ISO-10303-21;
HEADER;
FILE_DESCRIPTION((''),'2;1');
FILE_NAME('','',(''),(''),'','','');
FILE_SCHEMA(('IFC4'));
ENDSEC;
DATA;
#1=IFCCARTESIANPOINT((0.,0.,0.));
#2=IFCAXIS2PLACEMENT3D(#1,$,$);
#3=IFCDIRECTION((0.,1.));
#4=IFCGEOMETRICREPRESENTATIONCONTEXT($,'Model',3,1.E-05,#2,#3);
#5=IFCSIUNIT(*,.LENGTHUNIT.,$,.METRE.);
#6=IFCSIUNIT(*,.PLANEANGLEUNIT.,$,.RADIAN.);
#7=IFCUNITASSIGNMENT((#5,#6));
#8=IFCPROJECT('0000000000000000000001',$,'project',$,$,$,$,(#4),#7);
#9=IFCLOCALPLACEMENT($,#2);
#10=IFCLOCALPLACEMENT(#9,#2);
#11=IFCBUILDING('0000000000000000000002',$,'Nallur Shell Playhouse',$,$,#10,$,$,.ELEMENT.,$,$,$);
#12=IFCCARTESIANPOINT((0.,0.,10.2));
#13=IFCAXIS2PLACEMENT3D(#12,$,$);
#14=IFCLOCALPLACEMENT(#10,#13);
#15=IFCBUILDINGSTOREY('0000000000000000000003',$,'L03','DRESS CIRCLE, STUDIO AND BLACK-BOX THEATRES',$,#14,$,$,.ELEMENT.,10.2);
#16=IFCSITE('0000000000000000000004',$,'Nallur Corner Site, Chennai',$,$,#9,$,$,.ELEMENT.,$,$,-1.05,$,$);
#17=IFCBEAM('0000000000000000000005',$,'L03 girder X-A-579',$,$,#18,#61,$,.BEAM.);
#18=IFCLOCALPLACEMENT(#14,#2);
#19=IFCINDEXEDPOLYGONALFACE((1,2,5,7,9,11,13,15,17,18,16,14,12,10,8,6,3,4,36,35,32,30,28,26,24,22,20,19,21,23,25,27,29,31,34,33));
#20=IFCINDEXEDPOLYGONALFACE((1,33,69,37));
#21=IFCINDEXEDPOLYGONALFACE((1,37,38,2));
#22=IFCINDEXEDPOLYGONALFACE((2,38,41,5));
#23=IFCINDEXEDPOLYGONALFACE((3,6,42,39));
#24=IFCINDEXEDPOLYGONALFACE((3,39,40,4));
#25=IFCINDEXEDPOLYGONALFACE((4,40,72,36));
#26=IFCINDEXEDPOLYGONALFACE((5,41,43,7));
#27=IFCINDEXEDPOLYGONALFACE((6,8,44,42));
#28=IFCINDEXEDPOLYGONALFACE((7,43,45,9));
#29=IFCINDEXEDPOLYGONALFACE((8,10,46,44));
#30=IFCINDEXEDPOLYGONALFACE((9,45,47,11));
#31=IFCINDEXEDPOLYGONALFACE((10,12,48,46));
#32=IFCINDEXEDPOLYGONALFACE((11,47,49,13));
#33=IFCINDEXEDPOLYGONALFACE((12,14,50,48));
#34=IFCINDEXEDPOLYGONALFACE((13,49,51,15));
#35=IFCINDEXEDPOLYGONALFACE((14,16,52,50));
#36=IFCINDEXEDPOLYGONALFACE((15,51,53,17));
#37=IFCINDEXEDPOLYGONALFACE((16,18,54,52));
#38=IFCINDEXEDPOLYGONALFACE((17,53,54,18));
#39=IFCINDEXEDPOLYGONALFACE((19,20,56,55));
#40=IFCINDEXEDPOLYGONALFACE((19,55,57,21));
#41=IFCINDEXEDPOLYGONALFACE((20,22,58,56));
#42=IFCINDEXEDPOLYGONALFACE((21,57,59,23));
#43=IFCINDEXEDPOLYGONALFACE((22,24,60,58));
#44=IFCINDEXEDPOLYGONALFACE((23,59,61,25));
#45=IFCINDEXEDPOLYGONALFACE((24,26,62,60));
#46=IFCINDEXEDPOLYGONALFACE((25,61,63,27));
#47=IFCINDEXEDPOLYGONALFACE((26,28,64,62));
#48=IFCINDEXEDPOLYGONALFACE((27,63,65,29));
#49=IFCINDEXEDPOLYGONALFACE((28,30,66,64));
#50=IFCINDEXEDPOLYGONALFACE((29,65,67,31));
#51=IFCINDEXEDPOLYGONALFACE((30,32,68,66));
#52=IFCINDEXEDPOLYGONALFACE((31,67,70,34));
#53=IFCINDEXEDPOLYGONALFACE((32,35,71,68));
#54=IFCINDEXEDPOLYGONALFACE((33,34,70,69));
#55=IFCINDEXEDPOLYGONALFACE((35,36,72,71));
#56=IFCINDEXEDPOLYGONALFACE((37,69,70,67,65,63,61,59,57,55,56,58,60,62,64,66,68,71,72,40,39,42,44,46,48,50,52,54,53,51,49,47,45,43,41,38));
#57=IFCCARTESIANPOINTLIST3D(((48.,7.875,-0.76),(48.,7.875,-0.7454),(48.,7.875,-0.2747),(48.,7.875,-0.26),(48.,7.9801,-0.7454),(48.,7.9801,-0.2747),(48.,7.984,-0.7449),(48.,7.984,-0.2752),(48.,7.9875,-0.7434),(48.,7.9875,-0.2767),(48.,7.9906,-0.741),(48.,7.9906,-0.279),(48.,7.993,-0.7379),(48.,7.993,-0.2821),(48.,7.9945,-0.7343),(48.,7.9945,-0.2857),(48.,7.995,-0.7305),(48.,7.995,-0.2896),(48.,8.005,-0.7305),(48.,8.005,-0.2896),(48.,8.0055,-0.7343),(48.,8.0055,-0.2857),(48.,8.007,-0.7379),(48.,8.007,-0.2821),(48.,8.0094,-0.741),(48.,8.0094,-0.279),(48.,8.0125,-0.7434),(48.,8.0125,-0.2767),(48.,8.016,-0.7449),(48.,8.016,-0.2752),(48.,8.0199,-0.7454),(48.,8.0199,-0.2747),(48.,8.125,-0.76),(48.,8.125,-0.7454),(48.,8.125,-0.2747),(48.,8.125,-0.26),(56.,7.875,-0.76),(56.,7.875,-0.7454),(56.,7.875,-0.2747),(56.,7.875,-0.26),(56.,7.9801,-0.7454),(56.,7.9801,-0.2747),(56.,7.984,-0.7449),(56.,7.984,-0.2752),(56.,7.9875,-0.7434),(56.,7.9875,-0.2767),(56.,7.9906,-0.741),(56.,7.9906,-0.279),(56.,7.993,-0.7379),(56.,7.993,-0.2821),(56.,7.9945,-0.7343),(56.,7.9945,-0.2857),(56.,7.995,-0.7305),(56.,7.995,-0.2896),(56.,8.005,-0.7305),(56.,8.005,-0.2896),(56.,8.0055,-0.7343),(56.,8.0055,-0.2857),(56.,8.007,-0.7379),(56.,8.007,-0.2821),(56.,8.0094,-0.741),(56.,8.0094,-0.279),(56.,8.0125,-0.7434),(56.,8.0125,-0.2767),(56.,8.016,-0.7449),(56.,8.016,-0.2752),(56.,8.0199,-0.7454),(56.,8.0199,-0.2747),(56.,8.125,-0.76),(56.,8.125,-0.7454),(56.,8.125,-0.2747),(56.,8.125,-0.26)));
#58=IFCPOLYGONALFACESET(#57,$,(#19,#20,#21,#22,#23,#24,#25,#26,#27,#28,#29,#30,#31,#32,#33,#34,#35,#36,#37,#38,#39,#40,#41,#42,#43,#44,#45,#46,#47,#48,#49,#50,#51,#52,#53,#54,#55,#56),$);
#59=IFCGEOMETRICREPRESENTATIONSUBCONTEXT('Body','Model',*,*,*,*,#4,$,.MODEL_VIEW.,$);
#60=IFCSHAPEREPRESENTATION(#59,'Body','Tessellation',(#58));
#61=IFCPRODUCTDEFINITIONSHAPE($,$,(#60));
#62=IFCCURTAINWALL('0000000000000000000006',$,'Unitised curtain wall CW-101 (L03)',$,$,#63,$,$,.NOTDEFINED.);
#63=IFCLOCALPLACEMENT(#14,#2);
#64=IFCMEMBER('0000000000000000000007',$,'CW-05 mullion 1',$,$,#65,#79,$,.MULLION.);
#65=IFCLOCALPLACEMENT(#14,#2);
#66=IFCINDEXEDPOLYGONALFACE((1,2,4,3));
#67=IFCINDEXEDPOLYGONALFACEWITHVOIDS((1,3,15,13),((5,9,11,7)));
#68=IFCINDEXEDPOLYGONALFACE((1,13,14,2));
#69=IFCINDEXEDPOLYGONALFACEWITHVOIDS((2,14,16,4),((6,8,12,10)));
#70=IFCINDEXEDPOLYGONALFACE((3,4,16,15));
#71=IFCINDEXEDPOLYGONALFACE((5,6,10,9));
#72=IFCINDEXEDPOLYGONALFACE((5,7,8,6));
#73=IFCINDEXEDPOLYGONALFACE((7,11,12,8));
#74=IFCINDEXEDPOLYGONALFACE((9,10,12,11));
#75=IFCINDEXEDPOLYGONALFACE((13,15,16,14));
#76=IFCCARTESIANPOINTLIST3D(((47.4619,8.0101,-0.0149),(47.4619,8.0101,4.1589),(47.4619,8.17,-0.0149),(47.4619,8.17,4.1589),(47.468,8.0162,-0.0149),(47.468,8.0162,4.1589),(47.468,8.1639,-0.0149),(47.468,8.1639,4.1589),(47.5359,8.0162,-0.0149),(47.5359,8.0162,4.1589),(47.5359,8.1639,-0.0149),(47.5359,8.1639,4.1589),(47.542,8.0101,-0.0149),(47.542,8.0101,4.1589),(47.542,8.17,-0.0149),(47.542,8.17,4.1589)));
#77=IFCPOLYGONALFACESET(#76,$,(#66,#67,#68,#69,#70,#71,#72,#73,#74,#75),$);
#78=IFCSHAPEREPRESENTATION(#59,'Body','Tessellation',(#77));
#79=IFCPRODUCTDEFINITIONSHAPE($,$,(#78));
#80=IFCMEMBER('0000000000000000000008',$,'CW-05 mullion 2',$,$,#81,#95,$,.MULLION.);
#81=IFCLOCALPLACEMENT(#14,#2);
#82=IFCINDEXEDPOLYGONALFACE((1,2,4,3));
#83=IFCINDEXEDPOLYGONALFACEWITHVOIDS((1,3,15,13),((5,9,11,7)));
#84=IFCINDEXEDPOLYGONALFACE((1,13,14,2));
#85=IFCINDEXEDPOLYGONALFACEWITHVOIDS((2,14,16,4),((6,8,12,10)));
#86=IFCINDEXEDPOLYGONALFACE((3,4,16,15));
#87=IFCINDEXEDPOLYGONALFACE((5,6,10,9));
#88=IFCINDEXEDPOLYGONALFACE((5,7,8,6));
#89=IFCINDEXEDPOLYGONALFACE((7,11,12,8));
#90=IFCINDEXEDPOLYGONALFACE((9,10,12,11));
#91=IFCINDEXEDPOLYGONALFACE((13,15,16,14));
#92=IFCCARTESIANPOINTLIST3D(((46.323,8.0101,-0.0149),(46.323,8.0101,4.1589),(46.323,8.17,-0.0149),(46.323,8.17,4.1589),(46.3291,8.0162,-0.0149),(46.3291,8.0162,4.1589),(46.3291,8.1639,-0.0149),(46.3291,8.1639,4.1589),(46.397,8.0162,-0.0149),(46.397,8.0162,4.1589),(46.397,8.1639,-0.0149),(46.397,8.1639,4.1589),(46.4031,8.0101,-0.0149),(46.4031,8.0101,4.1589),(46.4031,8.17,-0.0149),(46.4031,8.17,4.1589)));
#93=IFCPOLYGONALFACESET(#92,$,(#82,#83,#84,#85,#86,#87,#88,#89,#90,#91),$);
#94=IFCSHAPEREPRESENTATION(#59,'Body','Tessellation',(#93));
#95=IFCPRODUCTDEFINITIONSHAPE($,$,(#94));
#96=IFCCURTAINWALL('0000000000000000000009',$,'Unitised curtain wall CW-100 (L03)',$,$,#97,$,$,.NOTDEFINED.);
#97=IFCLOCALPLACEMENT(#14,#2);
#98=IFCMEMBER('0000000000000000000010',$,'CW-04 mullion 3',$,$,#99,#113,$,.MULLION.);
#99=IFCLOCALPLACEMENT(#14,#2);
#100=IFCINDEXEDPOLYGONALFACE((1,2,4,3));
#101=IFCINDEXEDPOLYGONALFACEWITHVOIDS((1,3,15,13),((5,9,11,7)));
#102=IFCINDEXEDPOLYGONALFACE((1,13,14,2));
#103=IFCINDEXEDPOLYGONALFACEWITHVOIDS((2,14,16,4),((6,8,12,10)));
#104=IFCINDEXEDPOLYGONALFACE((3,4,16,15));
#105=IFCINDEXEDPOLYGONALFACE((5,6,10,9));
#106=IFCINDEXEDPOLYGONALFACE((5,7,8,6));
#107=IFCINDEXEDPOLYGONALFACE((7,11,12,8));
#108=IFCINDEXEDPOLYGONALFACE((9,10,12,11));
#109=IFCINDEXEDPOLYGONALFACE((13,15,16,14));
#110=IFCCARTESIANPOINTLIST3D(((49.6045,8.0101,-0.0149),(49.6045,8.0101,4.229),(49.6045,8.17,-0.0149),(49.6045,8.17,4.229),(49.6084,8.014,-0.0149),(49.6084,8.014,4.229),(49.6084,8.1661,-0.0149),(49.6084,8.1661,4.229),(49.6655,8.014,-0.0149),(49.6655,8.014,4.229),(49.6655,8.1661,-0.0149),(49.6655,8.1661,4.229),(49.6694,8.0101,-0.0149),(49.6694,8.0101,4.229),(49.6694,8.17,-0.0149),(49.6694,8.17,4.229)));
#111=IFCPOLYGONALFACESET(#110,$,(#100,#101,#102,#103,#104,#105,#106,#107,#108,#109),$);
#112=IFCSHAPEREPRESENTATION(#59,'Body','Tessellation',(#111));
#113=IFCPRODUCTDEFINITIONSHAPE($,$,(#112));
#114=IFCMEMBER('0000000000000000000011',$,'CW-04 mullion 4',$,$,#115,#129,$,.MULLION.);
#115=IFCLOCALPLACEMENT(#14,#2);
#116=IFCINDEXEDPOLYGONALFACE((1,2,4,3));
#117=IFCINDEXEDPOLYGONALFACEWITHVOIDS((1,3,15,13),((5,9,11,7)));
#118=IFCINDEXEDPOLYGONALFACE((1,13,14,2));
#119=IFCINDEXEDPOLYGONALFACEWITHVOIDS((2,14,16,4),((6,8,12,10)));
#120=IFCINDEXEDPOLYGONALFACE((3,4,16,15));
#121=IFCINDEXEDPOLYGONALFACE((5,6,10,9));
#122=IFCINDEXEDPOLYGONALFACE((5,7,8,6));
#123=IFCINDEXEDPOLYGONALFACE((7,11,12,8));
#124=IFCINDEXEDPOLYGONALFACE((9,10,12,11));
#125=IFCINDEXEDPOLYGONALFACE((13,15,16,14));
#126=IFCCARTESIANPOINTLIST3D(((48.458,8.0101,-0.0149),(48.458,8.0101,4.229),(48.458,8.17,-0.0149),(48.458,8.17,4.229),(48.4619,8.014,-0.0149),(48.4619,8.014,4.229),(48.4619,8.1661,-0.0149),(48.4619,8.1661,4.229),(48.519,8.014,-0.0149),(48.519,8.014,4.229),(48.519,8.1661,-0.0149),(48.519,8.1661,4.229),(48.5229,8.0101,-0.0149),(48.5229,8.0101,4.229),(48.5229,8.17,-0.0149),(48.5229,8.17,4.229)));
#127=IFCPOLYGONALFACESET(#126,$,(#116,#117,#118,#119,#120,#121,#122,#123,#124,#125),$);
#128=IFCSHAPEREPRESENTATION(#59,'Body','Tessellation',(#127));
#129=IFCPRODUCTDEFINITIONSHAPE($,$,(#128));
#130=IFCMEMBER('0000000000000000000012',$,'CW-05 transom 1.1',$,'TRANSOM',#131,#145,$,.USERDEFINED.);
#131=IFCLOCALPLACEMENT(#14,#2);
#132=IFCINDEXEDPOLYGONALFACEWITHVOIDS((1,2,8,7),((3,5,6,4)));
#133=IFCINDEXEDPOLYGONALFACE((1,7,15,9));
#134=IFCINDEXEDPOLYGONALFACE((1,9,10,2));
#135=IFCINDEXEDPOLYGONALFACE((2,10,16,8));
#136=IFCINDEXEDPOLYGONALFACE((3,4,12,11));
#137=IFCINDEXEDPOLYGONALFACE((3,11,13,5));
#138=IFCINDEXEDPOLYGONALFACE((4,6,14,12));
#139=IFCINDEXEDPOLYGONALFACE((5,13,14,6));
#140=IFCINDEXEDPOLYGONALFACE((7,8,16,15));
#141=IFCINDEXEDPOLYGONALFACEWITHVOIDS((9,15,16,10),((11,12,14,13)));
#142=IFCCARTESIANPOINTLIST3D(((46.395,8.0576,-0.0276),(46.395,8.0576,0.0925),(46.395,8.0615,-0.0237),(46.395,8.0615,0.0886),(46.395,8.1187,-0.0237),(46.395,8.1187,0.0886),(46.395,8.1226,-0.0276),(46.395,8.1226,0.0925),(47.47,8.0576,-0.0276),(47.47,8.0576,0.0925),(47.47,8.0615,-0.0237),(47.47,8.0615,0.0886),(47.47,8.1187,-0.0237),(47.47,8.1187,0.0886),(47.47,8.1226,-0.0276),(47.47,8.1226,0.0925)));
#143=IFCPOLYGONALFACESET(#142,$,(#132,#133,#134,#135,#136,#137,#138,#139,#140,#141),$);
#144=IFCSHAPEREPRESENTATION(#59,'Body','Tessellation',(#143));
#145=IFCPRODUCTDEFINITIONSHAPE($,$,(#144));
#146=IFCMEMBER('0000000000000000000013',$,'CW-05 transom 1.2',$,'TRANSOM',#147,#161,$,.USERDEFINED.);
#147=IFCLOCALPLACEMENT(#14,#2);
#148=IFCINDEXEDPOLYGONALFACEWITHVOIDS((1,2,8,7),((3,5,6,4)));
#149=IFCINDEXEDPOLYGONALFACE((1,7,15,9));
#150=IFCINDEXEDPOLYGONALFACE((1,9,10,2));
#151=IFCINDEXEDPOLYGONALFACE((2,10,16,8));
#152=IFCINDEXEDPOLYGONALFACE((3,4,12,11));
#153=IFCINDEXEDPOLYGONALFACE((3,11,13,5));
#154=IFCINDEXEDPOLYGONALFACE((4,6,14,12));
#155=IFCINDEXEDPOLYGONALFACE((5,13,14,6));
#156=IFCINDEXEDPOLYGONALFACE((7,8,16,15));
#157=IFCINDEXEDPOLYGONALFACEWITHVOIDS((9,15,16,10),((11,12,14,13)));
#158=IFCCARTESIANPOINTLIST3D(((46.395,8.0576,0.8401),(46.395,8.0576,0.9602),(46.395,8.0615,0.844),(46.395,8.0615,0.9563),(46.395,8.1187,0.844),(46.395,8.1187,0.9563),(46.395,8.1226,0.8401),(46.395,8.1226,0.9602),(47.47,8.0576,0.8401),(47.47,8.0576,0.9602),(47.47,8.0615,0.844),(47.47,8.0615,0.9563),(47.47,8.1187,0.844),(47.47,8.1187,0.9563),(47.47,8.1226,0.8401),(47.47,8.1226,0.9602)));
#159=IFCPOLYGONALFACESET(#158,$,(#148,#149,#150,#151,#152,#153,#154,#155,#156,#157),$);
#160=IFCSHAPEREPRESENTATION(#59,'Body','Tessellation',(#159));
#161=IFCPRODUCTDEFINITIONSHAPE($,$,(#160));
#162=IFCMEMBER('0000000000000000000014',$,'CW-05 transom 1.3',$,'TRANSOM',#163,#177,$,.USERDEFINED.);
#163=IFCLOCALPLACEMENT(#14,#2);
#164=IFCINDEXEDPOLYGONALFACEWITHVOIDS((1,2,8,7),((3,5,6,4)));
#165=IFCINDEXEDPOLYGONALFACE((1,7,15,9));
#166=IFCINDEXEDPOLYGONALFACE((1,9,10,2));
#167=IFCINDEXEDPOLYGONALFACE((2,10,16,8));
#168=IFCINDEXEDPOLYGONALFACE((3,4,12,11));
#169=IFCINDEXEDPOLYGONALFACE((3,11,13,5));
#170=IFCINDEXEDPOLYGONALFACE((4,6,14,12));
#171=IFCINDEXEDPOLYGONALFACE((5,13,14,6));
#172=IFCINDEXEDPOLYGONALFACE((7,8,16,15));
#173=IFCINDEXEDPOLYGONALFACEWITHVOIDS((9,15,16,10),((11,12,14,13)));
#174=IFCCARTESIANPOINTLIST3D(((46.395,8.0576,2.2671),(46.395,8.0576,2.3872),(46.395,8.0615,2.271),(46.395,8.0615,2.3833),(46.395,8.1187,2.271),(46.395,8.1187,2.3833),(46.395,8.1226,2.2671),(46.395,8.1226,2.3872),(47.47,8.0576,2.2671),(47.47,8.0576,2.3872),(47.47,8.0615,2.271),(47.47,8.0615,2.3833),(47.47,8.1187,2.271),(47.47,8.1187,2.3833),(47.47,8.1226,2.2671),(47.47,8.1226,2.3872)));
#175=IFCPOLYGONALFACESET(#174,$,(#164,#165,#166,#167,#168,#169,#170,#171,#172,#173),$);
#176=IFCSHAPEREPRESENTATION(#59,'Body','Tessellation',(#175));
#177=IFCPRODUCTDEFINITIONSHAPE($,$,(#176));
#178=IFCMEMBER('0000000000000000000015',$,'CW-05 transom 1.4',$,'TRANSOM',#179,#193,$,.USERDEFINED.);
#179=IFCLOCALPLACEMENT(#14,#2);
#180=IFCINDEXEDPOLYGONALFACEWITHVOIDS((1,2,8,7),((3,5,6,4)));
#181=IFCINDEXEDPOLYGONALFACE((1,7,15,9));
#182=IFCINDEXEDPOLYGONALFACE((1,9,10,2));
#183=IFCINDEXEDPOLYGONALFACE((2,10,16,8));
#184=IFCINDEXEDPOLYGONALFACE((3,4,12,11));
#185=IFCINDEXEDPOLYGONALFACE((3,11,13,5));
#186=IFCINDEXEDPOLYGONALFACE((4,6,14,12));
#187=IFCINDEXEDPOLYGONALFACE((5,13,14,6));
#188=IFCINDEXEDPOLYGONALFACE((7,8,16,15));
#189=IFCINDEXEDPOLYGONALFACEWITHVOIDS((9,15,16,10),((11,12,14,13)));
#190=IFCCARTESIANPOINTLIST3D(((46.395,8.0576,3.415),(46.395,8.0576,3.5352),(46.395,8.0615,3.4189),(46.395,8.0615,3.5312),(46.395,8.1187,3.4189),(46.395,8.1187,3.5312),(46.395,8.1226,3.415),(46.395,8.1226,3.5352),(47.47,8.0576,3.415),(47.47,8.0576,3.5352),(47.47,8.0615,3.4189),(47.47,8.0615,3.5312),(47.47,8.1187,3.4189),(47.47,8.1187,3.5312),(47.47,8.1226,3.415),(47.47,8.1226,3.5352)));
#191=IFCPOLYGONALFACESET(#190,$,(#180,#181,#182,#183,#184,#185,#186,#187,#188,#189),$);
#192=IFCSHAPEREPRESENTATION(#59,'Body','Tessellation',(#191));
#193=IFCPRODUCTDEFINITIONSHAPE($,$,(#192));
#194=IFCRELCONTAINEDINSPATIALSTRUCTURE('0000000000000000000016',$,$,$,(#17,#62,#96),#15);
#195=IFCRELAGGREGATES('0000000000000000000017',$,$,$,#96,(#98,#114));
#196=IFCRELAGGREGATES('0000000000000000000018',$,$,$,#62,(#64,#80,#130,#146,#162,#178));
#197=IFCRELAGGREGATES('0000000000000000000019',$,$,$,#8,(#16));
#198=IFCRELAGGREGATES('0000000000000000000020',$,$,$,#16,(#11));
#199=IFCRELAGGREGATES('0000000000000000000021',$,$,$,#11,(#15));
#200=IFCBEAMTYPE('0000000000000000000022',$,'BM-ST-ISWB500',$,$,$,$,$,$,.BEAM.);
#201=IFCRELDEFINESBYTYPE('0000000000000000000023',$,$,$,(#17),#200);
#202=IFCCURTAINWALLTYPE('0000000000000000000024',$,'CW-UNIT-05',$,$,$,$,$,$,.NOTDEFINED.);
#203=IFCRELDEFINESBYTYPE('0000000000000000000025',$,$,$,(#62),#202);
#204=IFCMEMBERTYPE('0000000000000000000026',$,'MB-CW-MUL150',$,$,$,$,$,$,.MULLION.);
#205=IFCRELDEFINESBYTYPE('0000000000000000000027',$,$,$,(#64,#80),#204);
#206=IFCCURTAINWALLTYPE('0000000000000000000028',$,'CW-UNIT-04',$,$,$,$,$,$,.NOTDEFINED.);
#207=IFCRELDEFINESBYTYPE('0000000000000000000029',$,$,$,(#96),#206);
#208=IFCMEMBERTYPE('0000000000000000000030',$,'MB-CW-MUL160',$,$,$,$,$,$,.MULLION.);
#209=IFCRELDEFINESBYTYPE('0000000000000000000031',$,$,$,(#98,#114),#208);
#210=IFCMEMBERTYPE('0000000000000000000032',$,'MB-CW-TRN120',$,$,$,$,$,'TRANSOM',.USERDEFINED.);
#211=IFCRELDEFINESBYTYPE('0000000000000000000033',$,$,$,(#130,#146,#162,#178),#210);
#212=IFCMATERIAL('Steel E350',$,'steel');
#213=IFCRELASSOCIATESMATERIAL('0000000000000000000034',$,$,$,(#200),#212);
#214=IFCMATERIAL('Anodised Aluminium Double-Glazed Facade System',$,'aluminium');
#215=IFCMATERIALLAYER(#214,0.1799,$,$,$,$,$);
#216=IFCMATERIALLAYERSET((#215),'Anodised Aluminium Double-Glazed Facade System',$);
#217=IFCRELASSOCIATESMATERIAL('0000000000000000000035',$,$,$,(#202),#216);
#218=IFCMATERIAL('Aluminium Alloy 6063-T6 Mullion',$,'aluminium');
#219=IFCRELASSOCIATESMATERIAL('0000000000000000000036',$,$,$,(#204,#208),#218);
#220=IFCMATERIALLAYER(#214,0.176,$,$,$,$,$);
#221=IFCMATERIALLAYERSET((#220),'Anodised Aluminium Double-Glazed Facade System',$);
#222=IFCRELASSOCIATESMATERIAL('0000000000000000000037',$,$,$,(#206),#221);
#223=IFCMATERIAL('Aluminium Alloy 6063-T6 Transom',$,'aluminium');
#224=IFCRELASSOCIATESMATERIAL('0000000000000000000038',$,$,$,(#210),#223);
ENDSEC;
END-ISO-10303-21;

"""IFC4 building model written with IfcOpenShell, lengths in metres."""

from ifc_helpers import new_model, si_unit, direction, frame, origin, origin_2d, place, context, subcontext, project, spatial, hollow_rectangle, i_section, extrude, material, layer, layer_set, material_profile, profile_set, type_object, element, aggregate, save


model = new_model("IFC4")

# Units and contexts
model_context = context("Model", 3, precision=1e-05, world=origin(), true_north=direction((0.0, 1.0)))
body_context = subcontext(model_context, "Body", "Model", "MODEL_VIEW")
ifc_project = project(units=[si_unit("LENGTHUNIT", "METRE"), si_unit("PLANEANGLEUNIT", "RADIAN")], contexts=[model_context])

# Site, building, storey
site_placement = place(None, origin())
site = spatial("IfcSite", under=ifc_project, at=site_placement, Name="Nallur Corner Site, Chennai", CompositionType="ELEMENT", RefElevation=-1.05)
building_placement = place(site_placement, origin())
building = spatial("IfcBuilding", under=site, at=building_placement, Name="Nallur Shell Playhouse", CompositionType="ELEMENT")
storey_placement = place(building_placement, frame((0.0, 0.0, 10.2)))
storey = spatial("IfcBuildingStorey", under=building, at=storey_placement, Name="L03", Description="DRESS CIRCLE, STUDIO AND BLACK-BOX THEATRES", CompositionType="ELEMENT", Elevation=10.2)

# Beam
ifc_material_1 = material(Name="Steel E350", Category="steel")
ifc_material_profile_1 = material_profile(ifc_material_1, i_section(OverallWidth=0.25, OverallDepth=0.5, WebThickness=0.01, FlangeThickness=0.0146, FilletRadius=0.0149, at=origin_2d()), Name="ISWB 500")
ifc_profile_set_1 = profile_set([ifc_material_profile_1], Name="Steel E350")
beam_type_1 = type_object("IfcBeamType", Name="BM-ST-ISWB500", PredefinedType="BEAM", material=ifc_profile_set_1)
beam_1_placement = place(storey_placement, frame((48.0, 8.0, -0.51), z_axis=(1.0, 0.0, 0.0), x_axis=(0.0, 1.0, 0.0)))
element("IfcBeam", 1, at=beam_1_placement, inside=storey, type_object=beam_type_1, Name="L03 girder X-A-579", PredefinedType="BEAM", context=body_context, shape_type="SweptSolid", body=[
    extrude(i_section(OverallWidth=0.25, OverallDepth=0.5, WebThickness=0.01, FlangeThickness=0.0146, FilletRadius=0.0149, at=origin_2d()), origin(), (0.0, 0.0, 1.0), 8.0),
])

# Curtain walls, members
ifc_material_2 = material(Name="Anodised Aluminium Double-Glazed Facade System", Category="aluminium")
ifc_layer_1 = layer(ifc_material_2, 0.1799)
ifc_layer_set_1 = layer_set([ifc_layer_1], Name="Anodised Aluminium Double-Glazed Facade System")
curtain_wall_type_1 = type_object("IfcCurtainWallType", Name="CW-UNIT-05", PredefinedType="NOTDEFINED", material=ifc_layer_set_1)
curtain_wall_1_placement = place(storey_placement, origin())
curtain_wall_1 = element("IfcCurtainWall", 2, at=curtain_wall_1_placement, inside=storey, type_object=curtain_wall_type_1, Name="Unitised curtain wall CW-101 (L03)", PredefinedType="NOTDEFINED")
ifc_material_3 = material(Name="Aluminium Alloy 6063-T6 Mullion", Category="aluminium")
ifc_material_profile_2 = material_profile(ifc_material_3, hollow_rectangle(XDim=0.0801, YDim=0.1599, WallThickness=0.0061, at=origin_2d()), Name="RHS 160x80x6")
ifc_profile_set_2 = profile_set([ifc_material_profile_2], Name="Aluminium Alloy 6063-T6 Mullion")
member_type_1 = type_object("IfcMemberType", Name="MB-CW-MUL150", PredefinedType="MULLION", material=ifc_profile_set_2)
member_1_placement = place(storey_placement, frame((47.502, 8.0901, -0.0149), z_axis=(0.0, 0.0, 1.0), x_axis=(-1.0, 0.0, 0.0)))
member_1 = element("IfcMember", 3, at=member_1_placement, type_object=member_type_1, Name="CW-05 mullion 1", PredefinedType="MULLION", context=body_context, shape_type="SweptSolid", body=[
    extrude(hollow_rectangle(XDim=0.0801, YDim=0.1599, WallThickness=0.0061, at=origin_2d()), origin(), (0.0, 0.0, 1.0), 4.1738),
])
member_2_placement = place(storey_placement, frame((46.363, 8.0901, -0.0149), z_axis=(0.0, 0.0, 1.0), x_axis=(-1.0, 0.0, 0.0)))
member_2 = element("IfcMember", 4, at=member_2_placement, type_object=member_type_1, Name="CW-05 mullion 2", PredefinedType="MULLION", context=body_context, shape_type="SweptSolid", body=[
    extrude(hollow_rectangle(XDim=0.0801, YDim=0.1599, WallThickness=0.0061, at=origin_2d()), origin(), (0.0, 0.0, 1.0), 4.1738),
])
ifc_layer_2 = layer(ifc_material_2, 0.176)
ifc_layer_set_2 = layer_set([ifc_layer_2], Name="Anodised Aluminium Double-Glazed Facade System")
curtain_wall_type_2 = type_object("IfcCurtainWallType", Name="CW-UNIT-04", PredefinedType="NOTDEFINED", material=ifc_layer_set_2)
curtain_wall_2_placement = place(storey_placement, origin())
curtain_wall_2 = element("IfcCurtainWall", 5, at=curtain_wall_2_placement, inside=storey, type_object=curtain_wall_type_2, Name="Unitised curtain wall CW-100 (L03)", PredefinedType="NOTDEFINED")
ifc_material_profile_3 = material_profile(ifc_material_3, hollow_rectangle(XDim=0.0649, YDim=0.1599, WallThickness=0.0039, at=origin_2d()), Name="ALU 65x160x4")
ifc_profile_set_3 = profile_set([ifc_material_profile_3], Name="Aluminium Alloy 6063-T6 Mullion")
member_type_2 = type_object("IfcMemberType", Name="MB-CW-MUL160", PredefinedType="MULLION", material=ifc_profile_set_3)
member_3_placement = place(storey_placement, frame((49.637, 8.0901, -0.0149), z_axis=(0.0, 0.0, 1.0), x_axis=(-1.0, 0.0, 0.0)))
member_3 = element("IfcMember", 6, at=member_3_placement, type_object=member_type_2, Name="CW-04 mullion 3", PredefinedType="MULLION", context=body_context, shape_type="SweptSolid", body=[
    extrude(hollow_rectangle(XDim=0.0649, YDim=0.1599, WallThickness=0.0039, at=origin_2d()), origin(), (0.0, 0.0, 1.0), 4.2439),
])
member_4_placement = place(storey_placement, frame((48.4905, 8.0901, -0.0149), z_axis=(0.0, 0.0, 1.0), x_axis=(-1.0, 0.0, 0.0)))
member_4 = element("IfcMember", 7, at=member_4_placement, type_object=member_type_2, Name="CW-04 mullion 4", PredefinedType="MULLION", context=body_context, shape_type="SweptSolid", body=[
    extrude(hollow_rectangle(XDim=0.0649, YDim=0.1599, WallThickness=0.0039, at=origin_2d()), origin(), (0.0, 0.0, 1.0), 4.2439),
])

# Members
ifc_material_4 = material(Name="Aluminium Alloy 6063-T6 Transom", Category="aluminium")
ifc_material_profile_4 = material_profile(ifc_material_4, hollow_rectangle(XDim=0.0649, YDim=0.1201, WallThickness=0.0039, at=origin_2d()), Name="ALU 65x120x4")
ifc_profile_set_4 = profile_set([ifc_material_profile_4], Name="Aluminium Alloy 6063-T6 Transom")
member_type_3 = type_object("IfcMemberType", Name="MB-CW-TRN120", ElementType="TRANSOM", PredefinedType="USERDEFINED", material=ifc_profile_set_4)
member_5_placement = place(storey_placement, frame((47.47, 8.0901, 0.0325), z_axis=(-1.0, 0.0, 0.0), x_axis=(0.0, -1.0, 0.0)))
member_5 = element("IfcMember", 8, at=member_5_placement, type_object=member_type_3, Name="CW-05 transom 1.1", ObjectType="TRANSOM", PredefinedType="USERDEFINED", context=body_context, shape_type="SweptSolid", body=[
    extrude(hollow_rectangle(XDim=0.0649, YDim=0.1201, WallThickness=0.0039, at=origin_2d()), origin(), (0.0, 0.0, 1.0), 1.075),
])
member_6_placement = place(storey_placement, frame((47.47, 8.0901, 0.9001), z_axis=(-1.0, 0.0, 0.0), x_axis=(0.0, -1.0, 0.0)))
member_6 = element("IfcMember", 9, at=member_6_placement, type_object=member_type_3, Name="CW-05 transom 1.2", ObjectType="TRANSOM", PredefinedType="USERDEFINED", context=body_context, shape_type="SweptSolid", body=[
    extrude(hollow_rectangle(XDim=0.0649, YDim=0.1201, WallThickness=0.0039, at=origin_2d()), origin(), (0.0, 0.0, 1.0), 1.075),
])
member_7_placement = place(storey_placement, frame((47.47, 8.0901, 2.3271), z_axis=(-1.0, 0.0, 0.0), x_axis=(0.0, -1.0, 0.0)))
member_7 = element("IfcMember", 10, at=member_7_placement, type_object=member_type_3, Name="CW-05 transom 1.3", ObjectType="TRANSOM", PredefinedType="USERDEFINED", context=body_context, shape_type="SweptSolid", body=[
    extrude(hollow_rectangle(XDim=0.0649, YDim=0.1201, WallThickness=0.0039, at=origin_2d()), origin(), (0.0, 0.0, 1.0), 1.075),
])
member_8_placement = place(storey_placement, frame((47.47, 8.0901, 3.4751), z_axis=(-1.0, 0.0, 0.0), x_axis=(0.0, -1.0, 0.0)))
member_8 = element("IfcMember", 11, at=member_8_placement, type_object=member_type_3, Name="CW-05 transom 1.4", ObjectType="TRANSOM", PredefinedType="USERDEFINED", context=body_context, shape_type="SweptSolid", body=[
    extrude(hollow_rectangle(XDim=0.0649, YDim=0.1201, WallThickness=0.0039, at=origin_2d()), origin(), (0.0, 0.0, 1.0), 1.075),
])

aggregate(curtain_wall_2, [member_3, member_4])
aggregate(curtain_wall_1, [member_1, member_2, member_5, member_6, member_7, member_8])

save(model, "model.ifc")
